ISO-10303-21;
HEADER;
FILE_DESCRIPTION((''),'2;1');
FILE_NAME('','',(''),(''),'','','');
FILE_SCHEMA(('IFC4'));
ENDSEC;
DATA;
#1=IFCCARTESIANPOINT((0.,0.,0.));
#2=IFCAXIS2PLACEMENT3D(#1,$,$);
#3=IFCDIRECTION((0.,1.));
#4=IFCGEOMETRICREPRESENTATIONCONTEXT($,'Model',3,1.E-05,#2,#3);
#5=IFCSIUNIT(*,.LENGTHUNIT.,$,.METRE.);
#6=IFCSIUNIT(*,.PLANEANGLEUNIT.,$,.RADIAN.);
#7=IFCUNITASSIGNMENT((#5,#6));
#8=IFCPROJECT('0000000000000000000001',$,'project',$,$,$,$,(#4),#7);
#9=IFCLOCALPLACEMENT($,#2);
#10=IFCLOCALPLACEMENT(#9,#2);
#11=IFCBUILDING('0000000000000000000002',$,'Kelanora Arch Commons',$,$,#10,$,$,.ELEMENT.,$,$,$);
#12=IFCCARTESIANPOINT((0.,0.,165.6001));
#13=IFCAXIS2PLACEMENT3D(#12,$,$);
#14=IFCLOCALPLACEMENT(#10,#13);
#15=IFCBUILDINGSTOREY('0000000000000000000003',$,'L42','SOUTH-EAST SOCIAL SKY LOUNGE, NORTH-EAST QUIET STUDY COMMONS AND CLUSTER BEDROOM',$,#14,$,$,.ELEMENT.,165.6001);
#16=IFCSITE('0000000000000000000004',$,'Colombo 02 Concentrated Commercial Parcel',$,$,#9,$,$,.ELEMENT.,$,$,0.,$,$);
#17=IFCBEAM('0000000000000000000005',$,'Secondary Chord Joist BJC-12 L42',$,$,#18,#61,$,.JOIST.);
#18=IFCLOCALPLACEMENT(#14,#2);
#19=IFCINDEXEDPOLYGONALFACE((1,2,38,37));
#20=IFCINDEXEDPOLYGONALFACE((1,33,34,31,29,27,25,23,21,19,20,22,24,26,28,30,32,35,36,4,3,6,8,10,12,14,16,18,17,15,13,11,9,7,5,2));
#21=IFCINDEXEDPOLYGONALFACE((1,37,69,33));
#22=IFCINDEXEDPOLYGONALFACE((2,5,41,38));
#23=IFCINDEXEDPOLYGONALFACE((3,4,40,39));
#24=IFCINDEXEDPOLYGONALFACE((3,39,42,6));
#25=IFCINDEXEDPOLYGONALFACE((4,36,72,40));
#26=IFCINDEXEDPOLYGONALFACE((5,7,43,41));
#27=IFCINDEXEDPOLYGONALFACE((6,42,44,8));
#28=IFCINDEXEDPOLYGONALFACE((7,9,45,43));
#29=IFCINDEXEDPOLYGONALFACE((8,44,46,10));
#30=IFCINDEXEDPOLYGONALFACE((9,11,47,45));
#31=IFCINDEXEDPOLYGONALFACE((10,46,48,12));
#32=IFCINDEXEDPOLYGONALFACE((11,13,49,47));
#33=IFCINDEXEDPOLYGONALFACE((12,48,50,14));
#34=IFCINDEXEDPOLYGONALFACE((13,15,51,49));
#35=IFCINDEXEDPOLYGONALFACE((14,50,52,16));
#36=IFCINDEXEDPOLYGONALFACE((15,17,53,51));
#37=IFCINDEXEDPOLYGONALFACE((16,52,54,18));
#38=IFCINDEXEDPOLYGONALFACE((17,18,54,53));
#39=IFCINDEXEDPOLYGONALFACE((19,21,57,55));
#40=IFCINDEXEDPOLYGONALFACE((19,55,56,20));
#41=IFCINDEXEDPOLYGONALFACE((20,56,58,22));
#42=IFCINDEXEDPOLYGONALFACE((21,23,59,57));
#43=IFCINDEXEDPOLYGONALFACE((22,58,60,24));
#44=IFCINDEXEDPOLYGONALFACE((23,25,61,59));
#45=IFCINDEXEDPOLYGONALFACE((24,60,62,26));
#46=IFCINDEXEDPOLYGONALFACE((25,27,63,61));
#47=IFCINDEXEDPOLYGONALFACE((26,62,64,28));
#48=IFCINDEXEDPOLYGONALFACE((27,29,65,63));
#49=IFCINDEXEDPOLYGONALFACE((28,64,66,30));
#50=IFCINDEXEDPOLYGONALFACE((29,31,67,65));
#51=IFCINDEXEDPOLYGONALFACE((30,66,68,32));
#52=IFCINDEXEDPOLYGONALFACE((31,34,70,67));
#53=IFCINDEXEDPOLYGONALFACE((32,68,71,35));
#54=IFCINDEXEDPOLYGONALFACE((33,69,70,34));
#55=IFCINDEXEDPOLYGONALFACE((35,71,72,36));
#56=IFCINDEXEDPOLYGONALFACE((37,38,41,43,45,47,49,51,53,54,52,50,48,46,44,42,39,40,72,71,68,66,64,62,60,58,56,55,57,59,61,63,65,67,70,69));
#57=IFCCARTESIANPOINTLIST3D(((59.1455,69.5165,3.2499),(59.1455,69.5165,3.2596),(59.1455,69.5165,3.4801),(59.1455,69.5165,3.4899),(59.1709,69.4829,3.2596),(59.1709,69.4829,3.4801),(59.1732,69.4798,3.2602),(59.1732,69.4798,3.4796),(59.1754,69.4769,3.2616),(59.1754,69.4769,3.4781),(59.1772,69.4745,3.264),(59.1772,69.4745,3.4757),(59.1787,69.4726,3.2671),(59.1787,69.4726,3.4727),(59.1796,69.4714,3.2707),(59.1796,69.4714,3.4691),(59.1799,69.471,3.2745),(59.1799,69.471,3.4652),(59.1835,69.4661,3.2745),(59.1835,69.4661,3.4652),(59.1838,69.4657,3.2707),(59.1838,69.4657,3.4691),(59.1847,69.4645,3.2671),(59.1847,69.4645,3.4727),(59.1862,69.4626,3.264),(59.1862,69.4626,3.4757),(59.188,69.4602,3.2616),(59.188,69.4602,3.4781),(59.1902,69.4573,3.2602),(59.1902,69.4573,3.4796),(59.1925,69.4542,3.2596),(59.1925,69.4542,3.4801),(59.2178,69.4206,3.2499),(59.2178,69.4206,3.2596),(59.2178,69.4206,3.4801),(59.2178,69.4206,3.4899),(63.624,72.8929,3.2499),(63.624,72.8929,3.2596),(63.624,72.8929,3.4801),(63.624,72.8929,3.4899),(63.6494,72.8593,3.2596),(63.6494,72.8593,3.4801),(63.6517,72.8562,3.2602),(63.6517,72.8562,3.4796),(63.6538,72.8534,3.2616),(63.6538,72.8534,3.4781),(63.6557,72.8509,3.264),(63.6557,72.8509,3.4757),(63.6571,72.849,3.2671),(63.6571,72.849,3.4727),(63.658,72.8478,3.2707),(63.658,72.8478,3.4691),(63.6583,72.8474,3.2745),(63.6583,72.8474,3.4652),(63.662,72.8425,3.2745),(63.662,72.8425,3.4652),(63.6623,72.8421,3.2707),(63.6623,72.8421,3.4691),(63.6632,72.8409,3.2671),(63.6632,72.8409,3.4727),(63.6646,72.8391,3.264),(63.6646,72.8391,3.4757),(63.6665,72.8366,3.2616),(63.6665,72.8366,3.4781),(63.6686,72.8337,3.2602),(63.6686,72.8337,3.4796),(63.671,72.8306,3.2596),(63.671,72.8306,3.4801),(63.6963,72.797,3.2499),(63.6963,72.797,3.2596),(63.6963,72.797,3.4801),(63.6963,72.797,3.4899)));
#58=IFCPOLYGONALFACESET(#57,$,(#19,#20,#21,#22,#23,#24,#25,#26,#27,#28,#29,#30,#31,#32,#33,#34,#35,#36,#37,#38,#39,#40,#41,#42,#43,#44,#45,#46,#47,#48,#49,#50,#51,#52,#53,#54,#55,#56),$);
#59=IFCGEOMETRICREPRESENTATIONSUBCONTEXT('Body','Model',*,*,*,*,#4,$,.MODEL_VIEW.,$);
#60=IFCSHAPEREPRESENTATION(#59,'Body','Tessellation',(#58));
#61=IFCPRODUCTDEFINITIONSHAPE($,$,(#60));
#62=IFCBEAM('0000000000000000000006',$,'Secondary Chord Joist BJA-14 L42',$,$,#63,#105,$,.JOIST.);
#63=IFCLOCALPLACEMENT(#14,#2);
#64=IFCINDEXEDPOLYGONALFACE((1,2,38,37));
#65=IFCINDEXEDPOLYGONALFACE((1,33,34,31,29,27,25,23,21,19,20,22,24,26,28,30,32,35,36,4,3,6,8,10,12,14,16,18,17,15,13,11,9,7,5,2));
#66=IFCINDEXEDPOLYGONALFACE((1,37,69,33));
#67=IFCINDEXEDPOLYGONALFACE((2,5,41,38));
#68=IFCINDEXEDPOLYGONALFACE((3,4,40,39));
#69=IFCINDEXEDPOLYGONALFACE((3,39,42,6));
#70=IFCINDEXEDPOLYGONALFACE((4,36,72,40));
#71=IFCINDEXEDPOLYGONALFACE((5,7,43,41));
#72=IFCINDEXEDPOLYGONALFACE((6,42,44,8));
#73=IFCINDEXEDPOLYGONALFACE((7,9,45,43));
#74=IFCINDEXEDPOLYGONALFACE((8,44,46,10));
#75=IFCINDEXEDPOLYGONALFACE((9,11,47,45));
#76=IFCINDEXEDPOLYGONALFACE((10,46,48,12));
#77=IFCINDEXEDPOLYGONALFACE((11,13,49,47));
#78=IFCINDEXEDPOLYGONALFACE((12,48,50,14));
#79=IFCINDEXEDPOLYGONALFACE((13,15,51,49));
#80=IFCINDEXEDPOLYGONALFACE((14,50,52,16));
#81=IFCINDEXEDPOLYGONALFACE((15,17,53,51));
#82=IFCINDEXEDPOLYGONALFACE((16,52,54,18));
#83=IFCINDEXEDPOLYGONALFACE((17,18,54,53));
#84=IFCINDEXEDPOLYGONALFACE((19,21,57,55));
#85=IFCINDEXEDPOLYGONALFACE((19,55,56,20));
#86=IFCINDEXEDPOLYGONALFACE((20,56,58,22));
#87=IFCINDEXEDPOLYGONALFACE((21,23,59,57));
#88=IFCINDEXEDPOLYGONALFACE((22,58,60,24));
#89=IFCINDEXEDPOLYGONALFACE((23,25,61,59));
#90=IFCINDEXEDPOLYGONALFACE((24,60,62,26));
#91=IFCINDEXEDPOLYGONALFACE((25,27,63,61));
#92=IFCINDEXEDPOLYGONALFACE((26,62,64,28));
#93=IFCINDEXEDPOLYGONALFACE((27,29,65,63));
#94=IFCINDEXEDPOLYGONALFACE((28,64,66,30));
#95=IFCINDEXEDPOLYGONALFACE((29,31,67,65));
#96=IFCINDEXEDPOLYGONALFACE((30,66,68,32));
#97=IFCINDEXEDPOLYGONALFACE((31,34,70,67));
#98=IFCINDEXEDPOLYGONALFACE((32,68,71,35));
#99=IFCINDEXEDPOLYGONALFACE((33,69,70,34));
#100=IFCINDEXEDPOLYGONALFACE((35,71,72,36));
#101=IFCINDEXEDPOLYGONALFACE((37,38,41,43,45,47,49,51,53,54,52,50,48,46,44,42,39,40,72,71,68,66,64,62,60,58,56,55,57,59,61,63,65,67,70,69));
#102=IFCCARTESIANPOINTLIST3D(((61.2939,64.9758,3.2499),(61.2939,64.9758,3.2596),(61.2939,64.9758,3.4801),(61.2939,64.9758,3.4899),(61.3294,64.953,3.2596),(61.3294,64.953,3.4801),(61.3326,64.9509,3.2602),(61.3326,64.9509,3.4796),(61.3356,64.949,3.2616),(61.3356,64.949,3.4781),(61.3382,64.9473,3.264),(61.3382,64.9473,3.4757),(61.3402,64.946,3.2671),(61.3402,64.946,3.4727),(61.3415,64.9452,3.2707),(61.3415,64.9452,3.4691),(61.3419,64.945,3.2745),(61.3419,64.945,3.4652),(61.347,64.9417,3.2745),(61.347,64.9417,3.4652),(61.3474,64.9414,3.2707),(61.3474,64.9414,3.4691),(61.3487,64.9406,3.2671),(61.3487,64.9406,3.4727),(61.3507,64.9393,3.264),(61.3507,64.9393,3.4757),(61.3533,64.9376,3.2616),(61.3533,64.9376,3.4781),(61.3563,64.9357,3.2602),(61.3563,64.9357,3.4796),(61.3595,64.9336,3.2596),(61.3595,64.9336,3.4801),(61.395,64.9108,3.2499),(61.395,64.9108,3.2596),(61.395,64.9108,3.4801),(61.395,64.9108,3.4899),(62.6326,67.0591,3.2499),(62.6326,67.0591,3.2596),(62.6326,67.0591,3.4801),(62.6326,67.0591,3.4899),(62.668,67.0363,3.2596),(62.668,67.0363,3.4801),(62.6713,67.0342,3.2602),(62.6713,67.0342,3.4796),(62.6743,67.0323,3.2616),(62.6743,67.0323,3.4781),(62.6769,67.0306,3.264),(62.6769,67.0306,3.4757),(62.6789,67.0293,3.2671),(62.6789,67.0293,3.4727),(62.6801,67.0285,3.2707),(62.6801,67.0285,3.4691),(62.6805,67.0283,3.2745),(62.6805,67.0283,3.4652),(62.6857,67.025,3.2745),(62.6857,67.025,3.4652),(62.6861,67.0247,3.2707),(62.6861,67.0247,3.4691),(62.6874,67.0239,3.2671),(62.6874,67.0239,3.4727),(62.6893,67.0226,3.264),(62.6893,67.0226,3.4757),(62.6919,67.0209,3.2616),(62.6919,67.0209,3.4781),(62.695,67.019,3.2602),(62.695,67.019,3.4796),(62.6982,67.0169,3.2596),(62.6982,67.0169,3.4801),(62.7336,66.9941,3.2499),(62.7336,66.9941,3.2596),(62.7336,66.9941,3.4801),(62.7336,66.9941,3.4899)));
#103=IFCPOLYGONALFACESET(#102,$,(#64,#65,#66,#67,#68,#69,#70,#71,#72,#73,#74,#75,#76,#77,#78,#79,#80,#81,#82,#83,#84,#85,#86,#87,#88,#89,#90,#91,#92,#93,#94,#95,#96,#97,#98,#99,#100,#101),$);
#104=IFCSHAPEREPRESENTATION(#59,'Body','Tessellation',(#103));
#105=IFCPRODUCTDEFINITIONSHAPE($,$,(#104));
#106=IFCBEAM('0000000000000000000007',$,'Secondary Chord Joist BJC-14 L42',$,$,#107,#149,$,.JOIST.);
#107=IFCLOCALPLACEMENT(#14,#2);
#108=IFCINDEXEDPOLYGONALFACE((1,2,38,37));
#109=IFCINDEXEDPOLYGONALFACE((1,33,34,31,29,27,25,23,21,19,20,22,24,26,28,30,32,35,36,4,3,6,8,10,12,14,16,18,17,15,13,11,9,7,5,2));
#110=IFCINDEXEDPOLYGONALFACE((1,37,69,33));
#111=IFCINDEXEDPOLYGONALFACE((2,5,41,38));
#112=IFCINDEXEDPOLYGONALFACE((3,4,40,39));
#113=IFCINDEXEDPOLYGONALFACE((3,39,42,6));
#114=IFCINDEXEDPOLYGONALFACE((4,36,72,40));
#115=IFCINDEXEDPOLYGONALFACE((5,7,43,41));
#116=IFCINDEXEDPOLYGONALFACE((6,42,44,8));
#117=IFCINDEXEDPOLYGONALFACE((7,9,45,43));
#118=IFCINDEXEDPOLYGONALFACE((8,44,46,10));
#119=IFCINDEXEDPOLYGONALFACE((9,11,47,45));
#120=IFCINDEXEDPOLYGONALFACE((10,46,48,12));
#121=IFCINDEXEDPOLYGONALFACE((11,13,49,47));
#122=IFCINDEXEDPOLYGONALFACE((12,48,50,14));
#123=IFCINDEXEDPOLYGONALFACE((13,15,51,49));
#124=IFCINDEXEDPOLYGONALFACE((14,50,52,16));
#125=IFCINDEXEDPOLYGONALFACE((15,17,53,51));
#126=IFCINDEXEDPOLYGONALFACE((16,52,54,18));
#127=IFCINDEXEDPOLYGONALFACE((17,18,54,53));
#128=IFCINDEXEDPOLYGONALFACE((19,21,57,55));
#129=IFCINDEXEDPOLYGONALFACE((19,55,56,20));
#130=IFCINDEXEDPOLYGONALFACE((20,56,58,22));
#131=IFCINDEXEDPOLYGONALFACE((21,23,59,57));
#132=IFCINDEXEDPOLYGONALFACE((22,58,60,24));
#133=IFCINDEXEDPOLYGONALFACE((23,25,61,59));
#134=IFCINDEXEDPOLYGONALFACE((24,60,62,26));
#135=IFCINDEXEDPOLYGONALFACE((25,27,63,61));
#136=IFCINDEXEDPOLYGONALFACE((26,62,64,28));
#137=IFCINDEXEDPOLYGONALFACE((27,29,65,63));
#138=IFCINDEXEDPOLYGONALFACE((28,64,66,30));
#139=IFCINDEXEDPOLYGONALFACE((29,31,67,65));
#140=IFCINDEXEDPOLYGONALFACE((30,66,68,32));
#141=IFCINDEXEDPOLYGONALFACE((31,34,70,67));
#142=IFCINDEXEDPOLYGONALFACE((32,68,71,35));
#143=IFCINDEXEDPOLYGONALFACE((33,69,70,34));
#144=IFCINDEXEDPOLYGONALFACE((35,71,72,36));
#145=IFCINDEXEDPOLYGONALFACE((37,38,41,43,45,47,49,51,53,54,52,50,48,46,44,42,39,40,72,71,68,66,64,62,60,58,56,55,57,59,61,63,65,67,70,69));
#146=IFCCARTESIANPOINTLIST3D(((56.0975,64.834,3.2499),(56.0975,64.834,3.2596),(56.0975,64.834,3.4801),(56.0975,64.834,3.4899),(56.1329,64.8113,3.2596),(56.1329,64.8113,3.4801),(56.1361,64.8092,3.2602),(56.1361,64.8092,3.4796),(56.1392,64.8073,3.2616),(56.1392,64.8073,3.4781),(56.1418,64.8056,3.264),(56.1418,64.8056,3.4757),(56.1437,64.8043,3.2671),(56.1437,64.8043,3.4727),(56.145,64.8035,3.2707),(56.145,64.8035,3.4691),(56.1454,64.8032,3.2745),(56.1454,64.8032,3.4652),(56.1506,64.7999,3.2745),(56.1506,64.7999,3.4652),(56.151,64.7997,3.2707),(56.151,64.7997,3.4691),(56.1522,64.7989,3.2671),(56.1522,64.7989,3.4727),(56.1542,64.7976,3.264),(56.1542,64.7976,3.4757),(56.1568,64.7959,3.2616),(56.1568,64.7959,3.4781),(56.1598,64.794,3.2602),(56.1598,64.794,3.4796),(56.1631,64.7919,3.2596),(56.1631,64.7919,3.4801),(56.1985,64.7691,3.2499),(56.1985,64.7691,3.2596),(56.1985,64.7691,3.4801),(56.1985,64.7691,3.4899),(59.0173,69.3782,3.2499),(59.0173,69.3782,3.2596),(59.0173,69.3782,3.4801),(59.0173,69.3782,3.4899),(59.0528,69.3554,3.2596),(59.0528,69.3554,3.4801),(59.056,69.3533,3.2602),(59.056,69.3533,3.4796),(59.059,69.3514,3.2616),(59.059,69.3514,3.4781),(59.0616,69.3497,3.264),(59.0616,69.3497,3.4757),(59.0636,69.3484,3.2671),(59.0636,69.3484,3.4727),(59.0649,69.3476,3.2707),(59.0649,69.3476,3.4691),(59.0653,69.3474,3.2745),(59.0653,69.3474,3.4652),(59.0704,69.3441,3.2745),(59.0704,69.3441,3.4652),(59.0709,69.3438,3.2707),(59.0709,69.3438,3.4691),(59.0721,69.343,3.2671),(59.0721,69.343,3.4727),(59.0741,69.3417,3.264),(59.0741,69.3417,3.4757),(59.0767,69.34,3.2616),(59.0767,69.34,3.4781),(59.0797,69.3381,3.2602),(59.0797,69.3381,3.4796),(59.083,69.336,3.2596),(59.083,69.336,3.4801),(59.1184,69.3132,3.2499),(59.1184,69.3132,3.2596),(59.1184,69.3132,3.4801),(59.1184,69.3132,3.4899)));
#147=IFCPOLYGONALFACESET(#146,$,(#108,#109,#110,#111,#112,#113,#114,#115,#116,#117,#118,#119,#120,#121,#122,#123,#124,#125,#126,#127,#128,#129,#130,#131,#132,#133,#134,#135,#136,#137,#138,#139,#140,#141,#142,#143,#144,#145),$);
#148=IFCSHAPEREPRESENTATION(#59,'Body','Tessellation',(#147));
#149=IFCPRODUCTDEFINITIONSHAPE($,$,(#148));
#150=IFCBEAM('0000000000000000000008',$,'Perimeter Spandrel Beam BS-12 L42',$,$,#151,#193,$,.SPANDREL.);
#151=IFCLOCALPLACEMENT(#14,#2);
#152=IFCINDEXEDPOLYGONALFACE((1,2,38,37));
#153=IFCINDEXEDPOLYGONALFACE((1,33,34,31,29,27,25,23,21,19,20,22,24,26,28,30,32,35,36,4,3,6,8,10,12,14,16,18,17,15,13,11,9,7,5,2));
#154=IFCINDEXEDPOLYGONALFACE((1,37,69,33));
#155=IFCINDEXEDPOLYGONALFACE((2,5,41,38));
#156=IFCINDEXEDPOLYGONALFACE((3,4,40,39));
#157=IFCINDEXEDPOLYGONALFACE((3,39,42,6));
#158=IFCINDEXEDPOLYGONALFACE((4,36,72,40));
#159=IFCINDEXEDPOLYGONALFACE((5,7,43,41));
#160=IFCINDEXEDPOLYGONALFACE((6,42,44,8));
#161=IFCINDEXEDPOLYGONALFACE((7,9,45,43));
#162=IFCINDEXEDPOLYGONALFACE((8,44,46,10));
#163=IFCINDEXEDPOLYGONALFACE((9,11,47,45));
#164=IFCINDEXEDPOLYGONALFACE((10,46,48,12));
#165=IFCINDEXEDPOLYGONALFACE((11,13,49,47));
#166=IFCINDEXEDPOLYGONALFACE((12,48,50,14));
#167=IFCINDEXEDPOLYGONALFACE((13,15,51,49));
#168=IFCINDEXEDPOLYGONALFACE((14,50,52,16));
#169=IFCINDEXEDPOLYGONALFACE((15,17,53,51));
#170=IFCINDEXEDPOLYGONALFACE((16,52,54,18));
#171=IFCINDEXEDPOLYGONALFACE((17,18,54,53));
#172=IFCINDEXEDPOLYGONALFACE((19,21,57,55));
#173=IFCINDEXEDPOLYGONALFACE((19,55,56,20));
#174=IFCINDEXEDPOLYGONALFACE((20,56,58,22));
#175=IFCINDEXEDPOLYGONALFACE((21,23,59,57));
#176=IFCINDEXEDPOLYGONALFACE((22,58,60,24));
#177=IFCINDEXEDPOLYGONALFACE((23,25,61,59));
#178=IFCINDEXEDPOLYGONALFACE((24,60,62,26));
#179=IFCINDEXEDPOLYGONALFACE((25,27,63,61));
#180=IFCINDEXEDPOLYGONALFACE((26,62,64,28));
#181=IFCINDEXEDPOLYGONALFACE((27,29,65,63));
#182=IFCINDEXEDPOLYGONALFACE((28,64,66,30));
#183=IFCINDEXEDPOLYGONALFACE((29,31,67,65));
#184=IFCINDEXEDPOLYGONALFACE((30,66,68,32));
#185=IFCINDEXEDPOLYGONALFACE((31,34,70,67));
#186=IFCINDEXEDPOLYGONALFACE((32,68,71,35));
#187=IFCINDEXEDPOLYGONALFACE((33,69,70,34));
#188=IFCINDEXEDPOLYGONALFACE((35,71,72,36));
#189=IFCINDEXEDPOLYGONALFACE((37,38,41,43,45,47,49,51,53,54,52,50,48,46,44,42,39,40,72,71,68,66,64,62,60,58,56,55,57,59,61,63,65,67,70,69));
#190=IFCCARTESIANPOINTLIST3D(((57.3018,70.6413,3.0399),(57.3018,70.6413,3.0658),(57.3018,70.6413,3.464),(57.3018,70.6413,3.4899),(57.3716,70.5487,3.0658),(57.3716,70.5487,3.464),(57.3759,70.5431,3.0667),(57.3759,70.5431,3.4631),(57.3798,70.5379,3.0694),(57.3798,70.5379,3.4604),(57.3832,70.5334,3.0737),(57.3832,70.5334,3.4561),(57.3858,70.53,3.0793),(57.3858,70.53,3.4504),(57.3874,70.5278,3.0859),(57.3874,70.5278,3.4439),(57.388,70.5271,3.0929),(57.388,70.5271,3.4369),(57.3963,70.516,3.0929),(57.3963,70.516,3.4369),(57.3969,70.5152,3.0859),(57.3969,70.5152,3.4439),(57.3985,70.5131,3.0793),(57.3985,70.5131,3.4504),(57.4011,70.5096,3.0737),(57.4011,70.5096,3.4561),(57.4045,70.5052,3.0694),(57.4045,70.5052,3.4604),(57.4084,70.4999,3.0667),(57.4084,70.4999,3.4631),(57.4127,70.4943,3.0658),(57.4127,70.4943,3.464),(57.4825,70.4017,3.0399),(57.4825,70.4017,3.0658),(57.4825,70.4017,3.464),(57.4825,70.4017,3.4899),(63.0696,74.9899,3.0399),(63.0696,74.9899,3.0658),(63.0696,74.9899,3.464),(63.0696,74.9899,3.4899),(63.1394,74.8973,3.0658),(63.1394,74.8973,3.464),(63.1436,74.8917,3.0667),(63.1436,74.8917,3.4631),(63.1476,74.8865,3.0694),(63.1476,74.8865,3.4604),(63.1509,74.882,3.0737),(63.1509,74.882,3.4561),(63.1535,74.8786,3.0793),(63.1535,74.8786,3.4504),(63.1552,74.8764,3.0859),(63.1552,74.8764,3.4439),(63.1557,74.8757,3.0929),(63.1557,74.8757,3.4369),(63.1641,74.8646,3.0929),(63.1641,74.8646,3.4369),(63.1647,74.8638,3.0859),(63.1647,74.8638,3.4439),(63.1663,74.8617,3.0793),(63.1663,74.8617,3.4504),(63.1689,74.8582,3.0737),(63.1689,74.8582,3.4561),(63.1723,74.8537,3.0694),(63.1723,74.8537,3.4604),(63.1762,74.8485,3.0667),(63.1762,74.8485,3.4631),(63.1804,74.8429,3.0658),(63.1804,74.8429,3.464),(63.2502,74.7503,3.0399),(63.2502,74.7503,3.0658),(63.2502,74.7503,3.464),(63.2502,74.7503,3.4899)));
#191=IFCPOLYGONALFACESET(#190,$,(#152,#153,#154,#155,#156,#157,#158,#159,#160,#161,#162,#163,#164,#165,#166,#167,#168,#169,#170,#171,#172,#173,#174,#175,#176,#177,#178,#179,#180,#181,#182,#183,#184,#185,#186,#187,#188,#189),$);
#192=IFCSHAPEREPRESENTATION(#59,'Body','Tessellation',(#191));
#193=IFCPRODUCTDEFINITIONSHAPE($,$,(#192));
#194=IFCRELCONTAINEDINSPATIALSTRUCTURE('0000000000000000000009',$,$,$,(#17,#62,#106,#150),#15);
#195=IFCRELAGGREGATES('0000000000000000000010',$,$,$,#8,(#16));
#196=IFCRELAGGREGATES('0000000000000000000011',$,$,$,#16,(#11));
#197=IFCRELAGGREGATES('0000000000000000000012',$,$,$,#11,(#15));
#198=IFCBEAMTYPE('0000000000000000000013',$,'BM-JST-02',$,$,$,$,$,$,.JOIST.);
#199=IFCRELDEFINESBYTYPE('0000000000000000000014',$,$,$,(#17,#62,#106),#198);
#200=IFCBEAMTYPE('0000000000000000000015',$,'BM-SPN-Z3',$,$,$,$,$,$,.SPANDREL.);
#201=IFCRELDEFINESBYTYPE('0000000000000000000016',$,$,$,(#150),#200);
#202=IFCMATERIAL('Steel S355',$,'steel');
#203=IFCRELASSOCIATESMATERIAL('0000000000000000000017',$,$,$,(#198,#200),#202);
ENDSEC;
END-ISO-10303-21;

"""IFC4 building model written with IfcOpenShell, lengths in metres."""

from ifc_helpers import new_model, si_unit, direction, frame, origin, origin_2d, place, context, subcontext, project, spatial, i_section, extrude, material, material_profile, profile_set, type_object, element, save


model = new_model("IFC4")

# Units and contexts
model_context = context("Model", 3, precision=1e-05, world=origin(), true_north=direction((0.0, 1.0)))
body_context = subcontext(model_context, "Body", "Model", "MODEL_VIEW")
ifc_project = project(units=[si_unit("LENGTHUNIT", "METRE"), si_unit("PLANEANGLEUNIT", "RADIAN")], contexts=[model_context])

# Site, building, storey
site_placement = place(None, origin())
site = spatial("IfcSite", under=ifc_project, at=site_placement, Name="Colombo 02 Concentrated Commercial Parcel", CompositionType="ELEMENT", RefElevation=0.0)
building_placement = place(site_placement, origin())
building = spatial("IfcBuilding", under=site, at=building_placement, Name="Kelanora Arch Commons", CompositionType="ELEMENT")
storey_placement = place(building_placement, frame((0.0, 0.0, 165.6001)))
storey = spatial("IfcBuildingStorey", under=building, at=storey_placement, Name="L42", Description="SOUTH-EAST SOCIAL SKY LOUNGE, NORTH-EAST QUIET STUDY COMMONS AND CLUSTER BEDROOM", CompositionType="ELEMENT", Elevation=165.6001)

# Beams
ifc_material_1 = material(Name="Steel S355", Category="steel")
ifc_material_profile_1 = material_profile(ifc_material_1, i_section(OverallWidth=0.1201, OverallDepth=0.24, WebThickness=0.0061, FlangeThickness=0.0098, FilletRadius=0.0149, at=origin_2d()), Name="IPE240")
ifc_profile_set_1 = profile_set([ifc_material_profile_1], Name="Steel S355")
beam_type_1 = type_object("IfcBeamType", Name="BM-JST-02", PredefinedType="JOIST", material=ifc_profile_set_1)
beam_1_placement = place(storey_placement, frame((63.6602, 72.845, 3.3699), z_axis=(-0.798493, -0.602004, 0.0), x_axis=(0.602004, -0.798493, 0.0)))
element("IfcBeam", 1, at=beam_1_placement, inside=storey, type_object=beam_type_1, Name="Secondary Chord Joist BJC-12 L42", PredefinedType="JOIST", context=body_context, shape_type="SweptSolid", body=[
    extrude(i_section(OverallWidth=0.1201, OverallDepth=0.24, WebThickness=0.0061, FlangeThickness=0.0098, FilletRadius=0.0149, at=origin_2d()), origin(), (0.0, 0.0, 1.0), 5.6086),
])
beam_2_placement = place(storey_placement, frame((62.6831, 67.0266, 3.3699), z_axis=(-0.540583, -0.841291, 0.0), x_axis=(0.841291, -0.540583, 0.0)))
element("IfcBeam", 2, at=beam_2_placement, inside=storey, type_object=beam_type_1, Name="Secondary Chord Joist BJA-14 L42", PredefinedType="JOIST", context=body_context, shape_type="SweptSolid", body=[
    extrude(i_section(OverallWidth=0.1201, OverallDepth=0.24, WebThickness=0.0061, FlangeThickness=0.0098, FilletRadius=0.0149, at=origin_2d()), origin(), (0.0, 0.0, 1.0), 2.4763),
])
beam_3_placement = place(storey_placement, frame((59.0679, 69.3457, 3.3699), z_axis=(-0.540582, -0.841292, 0.0), x_axis=(0.841292, -0.540582, 0.0)))
element("IfcBeam", 3, at=beam_3_placement, inside=storey, type_object=beam_type_1, Name="Secondary Chord Joist BJC-14 L42", PredefinedType="JOIST", context=body_context, shape_type="SweptSolid", body=[
    extrude(i_section(OverallWidth=0.1201, OverallDepth=0.24, WebThickness=0.0061, FlangeThickness=0.0098, FilletRadius=0.0149, at=origin_2d()), origin(), (0.0, 0.0, 1.0), 5.4014),
])
ifc_material_profile_2 = material_profile(ifc_material_1, i_section(OverallWidth=0.3, OverallDepth=0.45, WebThickness=0.0139, FlangeThickness=0.0259, FilletRadius=0.0271, at=origin_2d()), Name="HEB450")
ifc_profile_set_2 = profile_set([ifc_material_profile_2], Name="Steel S355")
beam_type_2 = type_object("IfcBeamType", Name="BM-SPN-Z3", PredefinedType="SPANDREL", material=ifc_profile_set_2)
beam_4_placement = place(storey_placement, frame((63.1599, 74.8701, 3.2649), z_axis=(-0.798485, -0.602015, 0.0), x_axis=(0.602015, -0.798485, 0.0)))
element("IfcBeam", 4, at=beam_4_placement, inside=storey, type_object=beam_type_2, Name="Perimeter Spandrel Beam BS-12 L42", PredefinedType="SPANDREL", context=body_context, shape_type="SweptSolid", body=[
    extrude(i_section(OverallWidth=0.3, OverallDepth=0.45, WebThickness=0.0139, FlangeThickness=0.0259, FilletRadius=0.0271, at=origin_2d()), origin(), (0.0, 0.0, 1.0), 7.2234),
])

save(model, "model.ifc")
